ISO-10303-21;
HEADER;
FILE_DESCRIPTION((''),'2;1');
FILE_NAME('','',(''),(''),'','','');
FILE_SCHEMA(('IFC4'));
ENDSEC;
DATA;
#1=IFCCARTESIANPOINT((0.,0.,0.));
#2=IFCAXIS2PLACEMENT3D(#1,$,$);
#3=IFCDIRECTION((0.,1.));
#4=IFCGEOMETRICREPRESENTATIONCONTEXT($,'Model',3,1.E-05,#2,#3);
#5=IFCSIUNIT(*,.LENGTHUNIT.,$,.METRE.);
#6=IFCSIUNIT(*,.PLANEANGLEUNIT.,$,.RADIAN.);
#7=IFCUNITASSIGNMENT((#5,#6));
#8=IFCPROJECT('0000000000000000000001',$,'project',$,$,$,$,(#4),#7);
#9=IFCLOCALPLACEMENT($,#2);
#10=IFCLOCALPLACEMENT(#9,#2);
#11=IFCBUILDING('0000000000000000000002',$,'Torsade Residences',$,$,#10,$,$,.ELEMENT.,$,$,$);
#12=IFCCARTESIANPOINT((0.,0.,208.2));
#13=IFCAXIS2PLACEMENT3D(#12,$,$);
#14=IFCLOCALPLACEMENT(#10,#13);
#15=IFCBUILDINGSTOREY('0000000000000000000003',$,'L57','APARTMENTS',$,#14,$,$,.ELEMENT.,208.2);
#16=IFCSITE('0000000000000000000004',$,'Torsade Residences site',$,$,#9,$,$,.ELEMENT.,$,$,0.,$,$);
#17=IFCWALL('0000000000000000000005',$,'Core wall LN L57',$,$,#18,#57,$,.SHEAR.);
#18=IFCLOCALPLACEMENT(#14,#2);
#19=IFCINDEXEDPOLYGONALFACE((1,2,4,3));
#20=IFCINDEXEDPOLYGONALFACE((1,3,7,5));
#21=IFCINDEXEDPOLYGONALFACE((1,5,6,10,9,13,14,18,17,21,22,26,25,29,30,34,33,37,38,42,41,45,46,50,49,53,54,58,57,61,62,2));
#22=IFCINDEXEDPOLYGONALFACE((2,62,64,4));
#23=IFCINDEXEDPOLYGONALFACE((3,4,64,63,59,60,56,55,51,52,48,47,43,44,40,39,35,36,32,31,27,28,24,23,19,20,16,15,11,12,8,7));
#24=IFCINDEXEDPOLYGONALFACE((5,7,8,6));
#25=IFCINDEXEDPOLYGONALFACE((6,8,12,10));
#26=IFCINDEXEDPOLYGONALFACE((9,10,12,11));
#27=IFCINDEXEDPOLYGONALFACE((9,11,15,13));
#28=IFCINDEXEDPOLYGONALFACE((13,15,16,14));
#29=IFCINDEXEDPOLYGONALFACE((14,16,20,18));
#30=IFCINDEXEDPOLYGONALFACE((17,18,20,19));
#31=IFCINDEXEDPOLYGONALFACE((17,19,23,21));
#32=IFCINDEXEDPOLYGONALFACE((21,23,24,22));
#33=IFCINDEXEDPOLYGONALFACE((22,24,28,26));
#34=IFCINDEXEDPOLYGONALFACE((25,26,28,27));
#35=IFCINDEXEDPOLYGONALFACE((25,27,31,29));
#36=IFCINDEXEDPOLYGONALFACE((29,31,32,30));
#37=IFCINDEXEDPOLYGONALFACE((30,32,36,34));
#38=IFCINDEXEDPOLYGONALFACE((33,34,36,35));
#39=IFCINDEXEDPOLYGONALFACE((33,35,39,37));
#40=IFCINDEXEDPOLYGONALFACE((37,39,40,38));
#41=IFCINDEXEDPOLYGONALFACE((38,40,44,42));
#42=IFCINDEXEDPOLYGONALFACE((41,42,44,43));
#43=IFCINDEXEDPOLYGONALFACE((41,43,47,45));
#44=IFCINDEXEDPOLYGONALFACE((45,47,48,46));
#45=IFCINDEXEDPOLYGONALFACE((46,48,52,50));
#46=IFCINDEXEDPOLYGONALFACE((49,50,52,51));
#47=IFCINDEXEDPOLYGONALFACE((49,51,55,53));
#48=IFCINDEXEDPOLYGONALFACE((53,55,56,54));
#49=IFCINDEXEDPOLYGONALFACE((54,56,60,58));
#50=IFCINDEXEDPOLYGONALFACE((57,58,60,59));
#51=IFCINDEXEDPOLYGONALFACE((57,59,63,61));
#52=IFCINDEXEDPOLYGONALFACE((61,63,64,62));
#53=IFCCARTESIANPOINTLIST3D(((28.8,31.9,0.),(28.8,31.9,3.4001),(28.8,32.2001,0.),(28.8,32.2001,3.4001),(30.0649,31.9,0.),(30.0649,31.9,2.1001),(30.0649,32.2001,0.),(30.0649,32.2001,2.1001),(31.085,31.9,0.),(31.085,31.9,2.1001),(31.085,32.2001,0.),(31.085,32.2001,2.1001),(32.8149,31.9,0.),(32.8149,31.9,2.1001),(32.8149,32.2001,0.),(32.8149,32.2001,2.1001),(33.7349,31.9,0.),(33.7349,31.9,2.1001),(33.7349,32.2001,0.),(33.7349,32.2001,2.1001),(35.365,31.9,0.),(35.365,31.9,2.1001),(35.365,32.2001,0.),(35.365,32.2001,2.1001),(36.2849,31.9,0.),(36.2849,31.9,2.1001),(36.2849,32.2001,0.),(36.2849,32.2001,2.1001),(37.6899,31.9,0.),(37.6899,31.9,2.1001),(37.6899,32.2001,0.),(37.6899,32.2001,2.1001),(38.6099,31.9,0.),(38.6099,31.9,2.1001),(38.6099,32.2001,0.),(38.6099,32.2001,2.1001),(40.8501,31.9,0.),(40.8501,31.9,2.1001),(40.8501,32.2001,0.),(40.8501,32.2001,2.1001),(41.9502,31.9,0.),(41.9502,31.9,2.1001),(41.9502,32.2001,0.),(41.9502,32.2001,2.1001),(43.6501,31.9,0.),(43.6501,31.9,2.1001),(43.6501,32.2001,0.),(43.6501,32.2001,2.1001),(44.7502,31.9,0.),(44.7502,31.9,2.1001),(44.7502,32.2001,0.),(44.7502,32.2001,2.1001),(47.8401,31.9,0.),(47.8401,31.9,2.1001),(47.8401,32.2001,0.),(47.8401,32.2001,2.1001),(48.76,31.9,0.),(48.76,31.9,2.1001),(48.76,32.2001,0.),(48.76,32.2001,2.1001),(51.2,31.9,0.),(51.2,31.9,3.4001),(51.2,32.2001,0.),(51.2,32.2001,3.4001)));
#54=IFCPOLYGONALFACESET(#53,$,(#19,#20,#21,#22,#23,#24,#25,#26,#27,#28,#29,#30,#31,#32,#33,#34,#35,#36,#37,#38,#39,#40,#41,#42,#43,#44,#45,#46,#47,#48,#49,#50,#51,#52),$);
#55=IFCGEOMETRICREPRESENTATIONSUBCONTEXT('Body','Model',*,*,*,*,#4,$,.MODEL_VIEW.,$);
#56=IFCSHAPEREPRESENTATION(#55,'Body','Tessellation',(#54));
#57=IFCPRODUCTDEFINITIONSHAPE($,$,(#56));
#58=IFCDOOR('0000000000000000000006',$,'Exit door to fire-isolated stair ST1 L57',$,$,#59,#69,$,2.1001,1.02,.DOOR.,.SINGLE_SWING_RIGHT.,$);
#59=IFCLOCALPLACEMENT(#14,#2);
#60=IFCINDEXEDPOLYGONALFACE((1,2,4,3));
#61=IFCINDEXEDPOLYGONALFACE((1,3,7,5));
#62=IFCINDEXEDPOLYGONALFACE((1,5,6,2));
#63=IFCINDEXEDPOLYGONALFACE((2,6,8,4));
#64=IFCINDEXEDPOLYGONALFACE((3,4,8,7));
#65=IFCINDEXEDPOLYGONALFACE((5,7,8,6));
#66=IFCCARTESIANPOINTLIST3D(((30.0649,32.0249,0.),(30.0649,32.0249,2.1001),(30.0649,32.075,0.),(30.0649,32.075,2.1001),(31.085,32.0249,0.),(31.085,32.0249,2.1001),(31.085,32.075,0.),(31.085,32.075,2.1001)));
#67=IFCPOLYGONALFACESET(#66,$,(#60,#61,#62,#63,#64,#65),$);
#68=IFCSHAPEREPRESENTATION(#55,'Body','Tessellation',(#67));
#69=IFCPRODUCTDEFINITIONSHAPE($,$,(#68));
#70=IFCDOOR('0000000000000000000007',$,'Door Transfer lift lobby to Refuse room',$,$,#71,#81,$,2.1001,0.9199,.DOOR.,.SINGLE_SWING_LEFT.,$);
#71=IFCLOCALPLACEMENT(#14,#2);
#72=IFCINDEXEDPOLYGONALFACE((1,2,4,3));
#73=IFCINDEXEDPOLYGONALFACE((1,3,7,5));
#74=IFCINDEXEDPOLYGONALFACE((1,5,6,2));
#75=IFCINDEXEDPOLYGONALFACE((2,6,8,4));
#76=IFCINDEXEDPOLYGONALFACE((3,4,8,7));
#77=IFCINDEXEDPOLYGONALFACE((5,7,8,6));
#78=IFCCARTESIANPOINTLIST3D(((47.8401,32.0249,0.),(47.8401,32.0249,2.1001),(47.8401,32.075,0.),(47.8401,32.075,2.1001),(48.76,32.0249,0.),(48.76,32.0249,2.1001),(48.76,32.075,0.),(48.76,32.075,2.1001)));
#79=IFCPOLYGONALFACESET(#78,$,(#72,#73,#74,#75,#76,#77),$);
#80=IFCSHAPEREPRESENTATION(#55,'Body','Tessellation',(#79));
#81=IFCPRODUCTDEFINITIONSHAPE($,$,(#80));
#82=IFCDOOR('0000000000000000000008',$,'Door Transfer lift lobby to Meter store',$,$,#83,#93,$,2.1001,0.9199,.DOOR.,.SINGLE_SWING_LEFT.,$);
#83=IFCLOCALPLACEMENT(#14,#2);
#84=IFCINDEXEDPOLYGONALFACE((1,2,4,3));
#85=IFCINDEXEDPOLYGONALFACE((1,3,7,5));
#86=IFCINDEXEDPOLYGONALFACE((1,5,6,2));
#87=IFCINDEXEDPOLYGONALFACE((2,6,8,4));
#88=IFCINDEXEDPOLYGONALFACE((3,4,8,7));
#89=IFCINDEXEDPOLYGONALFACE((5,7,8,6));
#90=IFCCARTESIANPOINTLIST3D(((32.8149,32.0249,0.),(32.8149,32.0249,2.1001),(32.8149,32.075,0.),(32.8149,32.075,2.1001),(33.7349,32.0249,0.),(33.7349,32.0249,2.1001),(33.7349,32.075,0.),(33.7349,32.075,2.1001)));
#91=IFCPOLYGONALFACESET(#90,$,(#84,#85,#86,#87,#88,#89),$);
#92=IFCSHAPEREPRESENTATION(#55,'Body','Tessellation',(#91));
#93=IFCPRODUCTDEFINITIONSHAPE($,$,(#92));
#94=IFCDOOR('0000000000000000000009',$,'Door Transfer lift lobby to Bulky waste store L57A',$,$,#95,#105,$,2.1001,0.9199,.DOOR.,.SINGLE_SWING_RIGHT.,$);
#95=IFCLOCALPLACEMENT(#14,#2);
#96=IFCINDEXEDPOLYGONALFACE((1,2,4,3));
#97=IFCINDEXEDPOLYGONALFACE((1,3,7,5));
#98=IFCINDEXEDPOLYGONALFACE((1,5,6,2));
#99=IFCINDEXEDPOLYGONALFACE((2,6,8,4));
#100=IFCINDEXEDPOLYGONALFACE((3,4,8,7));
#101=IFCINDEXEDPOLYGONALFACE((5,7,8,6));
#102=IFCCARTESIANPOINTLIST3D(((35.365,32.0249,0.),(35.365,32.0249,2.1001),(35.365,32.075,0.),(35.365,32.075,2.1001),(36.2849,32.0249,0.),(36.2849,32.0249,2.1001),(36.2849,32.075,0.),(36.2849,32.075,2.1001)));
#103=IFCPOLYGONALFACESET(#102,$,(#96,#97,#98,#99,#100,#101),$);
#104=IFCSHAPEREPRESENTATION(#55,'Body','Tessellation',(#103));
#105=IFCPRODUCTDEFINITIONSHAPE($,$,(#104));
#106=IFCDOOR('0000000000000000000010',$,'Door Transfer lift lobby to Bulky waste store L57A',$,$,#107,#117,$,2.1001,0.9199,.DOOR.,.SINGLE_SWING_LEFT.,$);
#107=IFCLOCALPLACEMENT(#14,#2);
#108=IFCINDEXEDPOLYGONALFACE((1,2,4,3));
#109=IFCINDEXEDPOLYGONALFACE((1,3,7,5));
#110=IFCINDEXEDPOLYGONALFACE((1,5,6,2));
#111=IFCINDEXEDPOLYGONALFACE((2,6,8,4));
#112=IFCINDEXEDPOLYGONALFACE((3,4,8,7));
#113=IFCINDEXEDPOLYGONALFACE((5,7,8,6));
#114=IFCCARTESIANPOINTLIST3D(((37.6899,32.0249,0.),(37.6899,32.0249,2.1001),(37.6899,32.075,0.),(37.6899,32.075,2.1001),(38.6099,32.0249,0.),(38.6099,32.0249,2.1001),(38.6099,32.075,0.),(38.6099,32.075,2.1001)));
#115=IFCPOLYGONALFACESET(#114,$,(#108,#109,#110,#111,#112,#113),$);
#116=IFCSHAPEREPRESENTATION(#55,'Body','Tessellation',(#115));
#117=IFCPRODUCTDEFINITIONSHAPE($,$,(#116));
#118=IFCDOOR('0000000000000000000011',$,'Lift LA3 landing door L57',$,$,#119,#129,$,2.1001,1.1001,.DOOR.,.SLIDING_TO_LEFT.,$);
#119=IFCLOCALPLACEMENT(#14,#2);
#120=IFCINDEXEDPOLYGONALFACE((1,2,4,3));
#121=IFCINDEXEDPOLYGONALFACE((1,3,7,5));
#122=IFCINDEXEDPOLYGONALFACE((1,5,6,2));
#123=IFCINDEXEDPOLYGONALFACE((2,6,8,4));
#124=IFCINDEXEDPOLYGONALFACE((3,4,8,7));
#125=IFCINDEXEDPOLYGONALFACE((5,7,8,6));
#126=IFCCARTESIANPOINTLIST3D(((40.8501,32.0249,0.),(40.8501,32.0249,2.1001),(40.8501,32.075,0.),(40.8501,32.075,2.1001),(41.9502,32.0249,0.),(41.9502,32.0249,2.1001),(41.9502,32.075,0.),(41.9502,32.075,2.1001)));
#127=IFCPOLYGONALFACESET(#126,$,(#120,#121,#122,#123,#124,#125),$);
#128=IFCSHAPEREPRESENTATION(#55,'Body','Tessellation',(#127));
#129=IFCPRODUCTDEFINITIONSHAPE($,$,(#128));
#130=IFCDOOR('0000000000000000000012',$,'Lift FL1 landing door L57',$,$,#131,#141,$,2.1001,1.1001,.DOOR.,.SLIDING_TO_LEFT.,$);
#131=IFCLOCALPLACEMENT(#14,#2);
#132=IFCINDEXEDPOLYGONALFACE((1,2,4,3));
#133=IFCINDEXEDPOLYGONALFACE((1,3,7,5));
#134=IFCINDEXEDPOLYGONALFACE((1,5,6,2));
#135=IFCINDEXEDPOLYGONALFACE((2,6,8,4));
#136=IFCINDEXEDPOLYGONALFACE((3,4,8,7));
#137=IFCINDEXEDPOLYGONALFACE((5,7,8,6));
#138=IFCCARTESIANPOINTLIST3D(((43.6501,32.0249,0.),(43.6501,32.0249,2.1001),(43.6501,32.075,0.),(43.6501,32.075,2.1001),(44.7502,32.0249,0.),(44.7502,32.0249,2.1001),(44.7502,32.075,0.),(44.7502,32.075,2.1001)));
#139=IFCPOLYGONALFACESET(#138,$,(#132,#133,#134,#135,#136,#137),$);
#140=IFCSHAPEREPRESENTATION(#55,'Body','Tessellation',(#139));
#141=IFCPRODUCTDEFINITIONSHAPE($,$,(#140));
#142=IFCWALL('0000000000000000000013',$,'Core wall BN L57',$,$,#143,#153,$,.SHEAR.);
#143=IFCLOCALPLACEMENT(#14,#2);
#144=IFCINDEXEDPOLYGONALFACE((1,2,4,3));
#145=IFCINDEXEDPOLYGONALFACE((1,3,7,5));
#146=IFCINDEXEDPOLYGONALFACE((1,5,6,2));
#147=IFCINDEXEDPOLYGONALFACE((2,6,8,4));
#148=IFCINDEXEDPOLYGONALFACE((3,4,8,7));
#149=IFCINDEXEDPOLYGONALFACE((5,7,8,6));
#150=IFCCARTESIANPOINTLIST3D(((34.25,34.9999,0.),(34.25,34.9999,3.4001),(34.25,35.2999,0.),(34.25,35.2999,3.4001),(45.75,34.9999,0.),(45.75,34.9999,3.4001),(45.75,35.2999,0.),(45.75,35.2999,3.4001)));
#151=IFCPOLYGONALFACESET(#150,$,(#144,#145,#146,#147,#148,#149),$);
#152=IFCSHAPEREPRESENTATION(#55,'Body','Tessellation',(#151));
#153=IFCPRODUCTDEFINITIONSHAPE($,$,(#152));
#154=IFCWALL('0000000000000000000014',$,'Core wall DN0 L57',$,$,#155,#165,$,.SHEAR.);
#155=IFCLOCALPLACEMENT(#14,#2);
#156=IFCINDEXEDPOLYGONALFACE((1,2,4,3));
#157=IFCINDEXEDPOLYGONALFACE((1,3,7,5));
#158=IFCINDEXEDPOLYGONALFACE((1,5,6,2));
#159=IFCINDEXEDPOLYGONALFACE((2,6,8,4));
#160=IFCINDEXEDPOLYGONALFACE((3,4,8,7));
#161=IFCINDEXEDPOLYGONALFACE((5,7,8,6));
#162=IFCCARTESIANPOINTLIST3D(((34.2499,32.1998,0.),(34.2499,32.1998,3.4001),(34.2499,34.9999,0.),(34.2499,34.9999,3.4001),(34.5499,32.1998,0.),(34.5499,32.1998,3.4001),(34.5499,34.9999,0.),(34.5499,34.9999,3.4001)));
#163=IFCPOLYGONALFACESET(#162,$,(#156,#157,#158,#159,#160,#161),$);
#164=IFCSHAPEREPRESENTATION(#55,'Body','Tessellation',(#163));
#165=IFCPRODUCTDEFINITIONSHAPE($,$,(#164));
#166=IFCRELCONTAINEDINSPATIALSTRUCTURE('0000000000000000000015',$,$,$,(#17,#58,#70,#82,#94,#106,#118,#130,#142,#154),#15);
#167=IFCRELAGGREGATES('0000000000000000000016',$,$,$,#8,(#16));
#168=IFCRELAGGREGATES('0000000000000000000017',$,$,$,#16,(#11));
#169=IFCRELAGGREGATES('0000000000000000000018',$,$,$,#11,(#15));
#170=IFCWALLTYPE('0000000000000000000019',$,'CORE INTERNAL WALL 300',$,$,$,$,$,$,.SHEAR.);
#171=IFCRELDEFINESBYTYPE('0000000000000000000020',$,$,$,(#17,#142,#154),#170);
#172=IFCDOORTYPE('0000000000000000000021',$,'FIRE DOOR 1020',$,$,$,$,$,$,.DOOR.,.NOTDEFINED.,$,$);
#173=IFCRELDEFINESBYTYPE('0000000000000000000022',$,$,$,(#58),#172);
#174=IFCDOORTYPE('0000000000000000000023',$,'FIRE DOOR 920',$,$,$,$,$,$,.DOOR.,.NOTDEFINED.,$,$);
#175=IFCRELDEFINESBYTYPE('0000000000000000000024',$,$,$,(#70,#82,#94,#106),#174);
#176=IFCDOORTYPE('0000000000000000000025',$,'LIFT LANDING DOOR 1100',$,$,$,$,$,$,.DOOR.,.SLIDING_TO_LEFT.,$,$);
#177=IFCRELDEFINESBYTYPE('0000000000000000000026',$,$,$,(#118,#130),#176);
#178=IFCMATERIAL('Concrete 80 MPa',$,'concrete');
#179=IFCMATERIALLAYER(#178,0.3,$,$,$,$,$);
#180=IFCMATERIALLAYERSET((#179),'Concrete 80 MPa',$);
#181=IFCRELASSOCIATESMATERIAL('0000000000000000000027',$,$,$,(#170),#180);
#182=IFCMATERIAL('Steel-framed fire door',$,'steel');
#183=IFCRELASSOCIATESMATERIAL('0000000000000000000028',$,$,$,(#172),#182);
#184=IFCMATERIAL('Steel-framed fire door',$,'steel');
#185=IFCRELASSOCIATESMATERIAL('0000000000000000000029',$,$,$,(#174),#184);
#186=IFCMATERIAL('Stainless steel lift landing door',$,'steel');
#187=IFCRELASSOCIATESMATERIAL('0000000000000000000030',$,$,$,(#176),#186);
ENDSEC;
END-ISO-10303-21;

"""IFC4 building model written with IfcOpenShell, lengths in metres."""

from ifc_helpers import new_model, si_unit, direction, frame, frame_2d, origin, place, context, subcontext, project, spatial, rectangle, extrude, material, layer, layer_set, type_object, element, fill, save


model = new_model("IFC4")

# Units and contexts
model_context = context("Model", 3, precision=1e-05, world=origin(), true_north=direction((0.0, 1.0)))
body_context = subcontext(model_context, "Body", "Model", "MODEL_VIEW")
ifc_project = project(units=[si_unit("LENGTHUNIT", "METRE"), si_unit("PLANEANGLEUNIT", "RADIAN")], contexts=[model_context])

# Site, building, storey
site_placement = place(None, origin())
site = spatial("IfcSite", under=ifc_project, at=site_placement, Name="Torsade Residences site", CompositionType="ELEMENT", RefElevation=0.0)
building_placement = place(site_placement, origin())
building = spatial("IfcBuilding", under=site, at=building_placement, Name="Torsade Residences", CompositionType="ELEMENT")
storey_placement = place(building_placement, frame((0.0, 0.0, 208.2)))
storey = spatial("IfcBuildingStorey", under=building, at=storey_placement, Name="L57", Description="APARTMENTS", CompositionType="ELEMENT", Elevation=208.2)

# Wall, openings, doors
ifc_material_1 = material(Name="Concrete 80 MPa", Category="concrete")
ifc_layer_1 = layer(ifc_material_1, 0.3)
ifc_layer_set_1 = layer_set([ifc_layer_1], Name="Concrete 80 MPa")
wall_type_1 = type_object("IfcWallType", Name="CORE INTERNAL WALL 300", PredefinedType="SHEAR", material=ifc_layer_set_1)
wall_1_placement = place(storey_placement, frame((28.8, 32.05, 0.0), z_axis=(0.0, 0.0, 1.0), x_axis=(1.0, 0.0, 0.0)))
wall_1 = element("IfcWall", 1, at=wall_1_placement, inside=storey, type_object=wall_type_1, Name="Core wall LN L57", PredefinedType="SHEAR", context=body_context, shape_type="SweptSolid", body=[
    extrude(rectangle(XDim=22.3999, YDim=0.3, at=frame_2d((11.2, 0.0))), origin(), (0.0, 0.0, 1.0), 3.4001),
])
opening_1_placement = place(wall_1_placement, frame((19.04, 0.0, 0.0)))
opening_1 = element("IfcOpeningElement", 2, at=opening_1_placement, cuts=wall_1, PredefinedType="OPENING", context=body_context, shape_type="SweptSolid", body=[
    extrude(rectangle(XDim=0.9199, YDim=2.1001, at=frame_2d((0.46, 1.05))), frame((0.0, 0.1599, 0.0), z_axis=(0.0, -1.0, 0.0), x_axis=(1.0, 0.0, 0.0)), (0.0, 0.0, 1.0), 0.3201),
])
opening_2_placement = place(wall_1_placement, frame((1.2649, 0.0, 0.0)))
opening_2 = element("IfcOpeningElement", 3, at=opening_2_placement, cuts=wall_1, PredefinedType="OPENING", context=body_context, shape_type="SweptSolid", body=[
    extrude(rectangle(XDim=1.02, YDim=2.1001, at=frame_2d((0.51, 1.05))), frame((0.0, 0.1599, 0.0), z_axis=(0.0, -1.0, 0.0), x_axis=(1.0, 0.0, 0.0)), (0.0, 0.0, 1.0), 0.3201),
])
opening_3_placement = place(wall_1_placement, frame((4.0149, 0.0, 0.0)))
opening_3 = element("IfcOpeningElement", 4, at=opening_3_placement, cuts=wall_1, PredefinedType="OPENING", context=body_context, shape_type="SweptSolid", body=[
    extrude(rectangle(XDim=0.9199, YDim=2.1001, at=frame_2d((0.46, 1.05))), frame((0.0, 0.1599, 0.0), z_axis=(0.0, -1.0, 0.0), x_axis=(1.0, 0.0, 0.0)), (0.0, 0.0, 1.0), 0.3201),
])
opening_4_placement = place(wall_1_placement, frame((6.5649, 0.0, 0.0)))
opening_4 = element("IfcOpeningElement", 5, at=opening_4_placement, cuts=wall_1, PredefinedType="OPENING", context=body_context, shape_type="SweptSolid", body=[
    extrude(rectangle(XDim=0.9199, YDim=2.1001, at=frame_2d((0.46, 1.05))), frame((0.0, 0.1599, 0.0), z_axis=(0.0, -1.0, 0.0), x_axis=(1.0, 0.0, 0.0)), (0.0, 0.0, 1.0), 0.3201),
])
opening_5_placement = place(wall_1_placement, frame((8.8899, 0.0, 0.0)))
opening_5 = element("IfcOpeningElement", 6, at=opening_5_placement, cuts=wall_1, PredefinedType="OPENING", context=body_context, shape_type="SweptSolid", body=[
    extrude(rectangle(XDim=0.9199, YDim=2.1001, at=frame_2d((0.46, 1.05))), frame((0.0, 0.1599, 0.0), z_axis=(0.0, -1.0, 0.0), x_axis=(1.0, 0.0, 0.0)), (0.0, 0.0, 1.0), 0.3201),
])
opening_6_placement = place(wall_1_placement, frame((12.05, 0.0, 0.0)))
opening_6 = element("IfcOpeningElement", 7, at=opening_6_placement, cuts=wall_1, PredefinedType="OPENING", context=body_context, shape_type="SweptSolid", body=[
    extrude(rectangle(XDim=1.1001, YDim=2.1001, at=frame_2d((0.55, 1.05))), frame((0.0, 0.1599, 0.0), z_axis=(0.0, -1.0, 0.0), x_axis=(1.0, 0.0, 0.0)), (0.0, 0.0, 1.0), 0.3201),
])
opening_7_placement = place(wall_1_placement, frame((14.8501, 0.0, 0.0)))
opening_7 = element("IfcOpeningElement", 8, at=opening_7_placement, cuts=wall_1, PredefinedType="OPENING", context=body_context, shape_type="SweptSolid", body=[
    extrude(rectangle(XDim=1.1001, YDim=2.1001, at=frame_2d((0.55, 1.05))), frame((0.0, 0.1599, 0.0), z_axis=(0.0, -1.0, 0.0), x_axis=(1.0, 0.0, 0.0)), (0.0, 0.0, 1.0), 0.3201),
])
ifc_material_2 = material(Name="Steel-framed fire door", Category="steel")
door_type_1 = type_object("IfcDoorType", Name="FIRE DOOR 1020", OperationType="NOTDEFINED", PredefinedType="DOOR", material=ifc_material_2)
door_1_placement = place(opening_2_placement, origin())
door_1 = element("IfcDoor", 9, at=door_1_placement, inside=storey, type_object=door_type_1, Name="Exit door to fire-isolated stair ST1 L57", OperationType="SINGLE_SWING_RIGHT", OverallHeight=2.1001, OverallWidth=1.02, PredefinedType="DOOR", context=body_context, shape_type="SweptSolid", body=[
    extrude(rectangle(XDim=1.02, YDim=2.1001, at=frame_2d((0.51, 1.05))), frame((0.0, 0.0249, 0.0), z_axis=(0.0, -1.0, 0.0), x_axis=(1.0, 0.0, 0.0)), (0.0, 0.0, 1.0), 0.05),
])
fill(opening_2, door_1)
ifc_material_3 = material(Name="Steel-framed fire door", Category="steel")
door_type_2 = type_object("IfcDoorType", Name="FIRE DOOR 920", OperationType="NOTDEFINED", PredefinedType="DOOR", material=ifc_material_3)
door_2_placement = place(opening_1_placement, origin())
door_2 = element("IfcDoor", 10, at=door_2_placement, inside=storey, type_object=door_type_2, Name="Door Transfer lift lobby to Refuse room", OperationType="SINGLE_SWING_LEFT", OverallHeight=2.1001, OverallWidth=0.9199, PredefinedType="DOOR", context=body_context, shape_type="SweptSolid", body=[
    extrude(rectangle(XDim=0.9199, YDim=2.1001, at=frame_2d((0.46, 1.05))), frame((0.0, 0.0249, 0.0), z_axis=(0.0, -1.0, 0.0), x_axis=(1.0, 0.0, 0.0)), (0.0, 0.0, 1.0), 0.05),
])
fill(opening_1, door_2)
door_3_placement = place(opening_3_placement, origin())
door_3 = element("IfcDoor", 11, at=door_3_placement, inside=storey, type_object=door_type_2, Name="Door Transfer lift lobby to Meter store", OperationType="SINGLE_SWING_LEFT", OverallHeight=2.1001, OverallWidth=0.9199, PredefinedType="DOOR", context=body_context, shape_type="SweptSolid", body=[
    extrude(rectangle(XDim=0.9199, YDim=2.1001, at=frame_2d((0.46, 1.05))), frame((0.0, 0.0249, 0.0), z_axis=(0.0, -1.0, 0.0), x_axis=(1.0, 0.0, 0.0)), (0.0, 0.0, 1.0), 0.05),
])
fill(opening_3, door_3)
door_4_placement = place(opening_4_placement, origin())
door_4 = element("IfcDoor", 12, at=door_4_placement, inside=storey, type_object=door_type_2, Name="Door Transfer lift lobby to Bulky waste store L57A", OperationType="SINGLE_SWING_RIGHT", OverallHeight=2.1001, OverallWidth=0.9199, PredefinedType="DOOR", context=body_context, shape_type="SweptSolid", body=[
    extrude(rectangle(XDim=0.9199, YDim=2.1001, at=frame_2d((0.46, 1.05))), frame((0.0, 0.0249, 0.0), z_axis=(0.0, -1.0, 0.0), x_axis=(1.0, 0.0, 0.0)), (0.0, 0.0, 1.0), 0.05),
])
fill(opening_4, door_4)
door_5_placement = place(opening_5_placement, origin())
door_5 = element("IfcDoor", 13, at=door_5_placement, inside=storey, type_object=door_type_2, Name="Door Transfer lift lobby to Bulky waste store L57A", OperationType="SINGLE_SWING_LEFT", OverallHeight=2.1001, OverallWidth=0.9199, PredefinedType="DOOR", context=body_context, shape_type="SweptSolid", body=[
    extrude(rectangle(XDim=0.9199, YDim=2.1001, at=frame_2d((0.46, 1.05))), frame((0.0, 0.0249, 0.0), z_axis=(0.0, -1.0, 0.0), x_axis=(1.0, 0.0, 0.0)), (0.0, 0.0, 1.0), 0.05),
])
fill(opening_5, door_5)
ifc_material_4 = material(Name="Stainless steel lift landing door", Category="steel")
door_type_3 = type_object("IfcDoorType", Name="LIFT LANDING DOOR 1100", OperationType="SLIDING_TO_LEFT", PredefinedType="DOOR", material=ifc_material_4)
door_6_placement = place(opening_6_placement, origin())
door_6 = element("IfcDoor", 14, at=door_6_placement, inside=storey, type_object=door_type_3, Name="Lift LA3 landing door L57", OperationType="SLIDING_TO_LEFT", OverallHeight=2.1001, OverallWidth=1.1001, PredefinedType="DOOR", context=body_context, shape_type="SweptSolid", body=[
    extrude(rectangle(XDim=1.1001, YDim=2.1001, at=frame_2d((0.55, 1.05))), frame((0.0, 0.0249, 0.0), z_axis=(0.0, -1.0, 0.0), x_axis=(1.0, 0.0, 0.0)), (0.0, 0.0, 1.0), 0.05),
])
fill(opening_6, door_6)
door_7_placement = place(opening_7_placement, origin())
door_7 = element("IfcDoor", 15, at=door_7_placement, inside=storey, type_object=door_type_3, Name="Lift FL1 landing door L57", OperationType="SLIDING_TO_LEFT", OverallHeight=2.1001, OverallWidth=1.1001, PredefinedType="DOOR", context=body_context, shape_type="SweptSolid", body=[
    extrude(rectangle(XDim=1.1001, YDim=2.1001, at=frame_2d((0.55, 1.05))), frame((0.0, 0.0249, 0.0), z_axis=(0.0, -1.0, 0.0), x_axis=(1.0, 0.0, 0.0)), (0.0, 0.0, 1.0), 0.05),
])
fill(opening_7, door_7)

# Walls
wall_2_placement = place(storey_placement, frame((34.25, 35.1499, 0.0), z_axis=(0.0, 0.0, 1.0), x_axis=(1.0, 0.0, 0.0)))
element("IfcWall", 16, at=wall_2_placement, inside=storey, type_object=wall_type_1, Name="Core wall BN L57", PredefinedType="SHEAR", context=body_context, shape_type="SweptSolid", body=[
    extrude(rectangle(XDim=11.5, YDim=0.3, at=frame_2d((5.75, 0.0))), origin(), (0.0, 0.0, 1.0), 3.4001),
])
wall_3_placement = place(storey_placement, frame((34.3999, 32.2, 0.0), z_axis=(0.0, 0.0, 1.0), x_axis=(0.0, 1.0, 0.0)))
element("IfcWall", 17, at=wall_3_placement, inside=storey, type_object=wall_type_1, Name="Core wall DN0 L57", PredefinedType="SHEAR", context=body_context, shape_type="SweptSolid", body=[
    extrude(rectangle(XDim=2.8, YDim=0.3, at=frame_2d((1.3999, 0.0))), origin(), (0.0, 0.0, 1.0), 3.4001),
])

save(model, "model.ifc")
